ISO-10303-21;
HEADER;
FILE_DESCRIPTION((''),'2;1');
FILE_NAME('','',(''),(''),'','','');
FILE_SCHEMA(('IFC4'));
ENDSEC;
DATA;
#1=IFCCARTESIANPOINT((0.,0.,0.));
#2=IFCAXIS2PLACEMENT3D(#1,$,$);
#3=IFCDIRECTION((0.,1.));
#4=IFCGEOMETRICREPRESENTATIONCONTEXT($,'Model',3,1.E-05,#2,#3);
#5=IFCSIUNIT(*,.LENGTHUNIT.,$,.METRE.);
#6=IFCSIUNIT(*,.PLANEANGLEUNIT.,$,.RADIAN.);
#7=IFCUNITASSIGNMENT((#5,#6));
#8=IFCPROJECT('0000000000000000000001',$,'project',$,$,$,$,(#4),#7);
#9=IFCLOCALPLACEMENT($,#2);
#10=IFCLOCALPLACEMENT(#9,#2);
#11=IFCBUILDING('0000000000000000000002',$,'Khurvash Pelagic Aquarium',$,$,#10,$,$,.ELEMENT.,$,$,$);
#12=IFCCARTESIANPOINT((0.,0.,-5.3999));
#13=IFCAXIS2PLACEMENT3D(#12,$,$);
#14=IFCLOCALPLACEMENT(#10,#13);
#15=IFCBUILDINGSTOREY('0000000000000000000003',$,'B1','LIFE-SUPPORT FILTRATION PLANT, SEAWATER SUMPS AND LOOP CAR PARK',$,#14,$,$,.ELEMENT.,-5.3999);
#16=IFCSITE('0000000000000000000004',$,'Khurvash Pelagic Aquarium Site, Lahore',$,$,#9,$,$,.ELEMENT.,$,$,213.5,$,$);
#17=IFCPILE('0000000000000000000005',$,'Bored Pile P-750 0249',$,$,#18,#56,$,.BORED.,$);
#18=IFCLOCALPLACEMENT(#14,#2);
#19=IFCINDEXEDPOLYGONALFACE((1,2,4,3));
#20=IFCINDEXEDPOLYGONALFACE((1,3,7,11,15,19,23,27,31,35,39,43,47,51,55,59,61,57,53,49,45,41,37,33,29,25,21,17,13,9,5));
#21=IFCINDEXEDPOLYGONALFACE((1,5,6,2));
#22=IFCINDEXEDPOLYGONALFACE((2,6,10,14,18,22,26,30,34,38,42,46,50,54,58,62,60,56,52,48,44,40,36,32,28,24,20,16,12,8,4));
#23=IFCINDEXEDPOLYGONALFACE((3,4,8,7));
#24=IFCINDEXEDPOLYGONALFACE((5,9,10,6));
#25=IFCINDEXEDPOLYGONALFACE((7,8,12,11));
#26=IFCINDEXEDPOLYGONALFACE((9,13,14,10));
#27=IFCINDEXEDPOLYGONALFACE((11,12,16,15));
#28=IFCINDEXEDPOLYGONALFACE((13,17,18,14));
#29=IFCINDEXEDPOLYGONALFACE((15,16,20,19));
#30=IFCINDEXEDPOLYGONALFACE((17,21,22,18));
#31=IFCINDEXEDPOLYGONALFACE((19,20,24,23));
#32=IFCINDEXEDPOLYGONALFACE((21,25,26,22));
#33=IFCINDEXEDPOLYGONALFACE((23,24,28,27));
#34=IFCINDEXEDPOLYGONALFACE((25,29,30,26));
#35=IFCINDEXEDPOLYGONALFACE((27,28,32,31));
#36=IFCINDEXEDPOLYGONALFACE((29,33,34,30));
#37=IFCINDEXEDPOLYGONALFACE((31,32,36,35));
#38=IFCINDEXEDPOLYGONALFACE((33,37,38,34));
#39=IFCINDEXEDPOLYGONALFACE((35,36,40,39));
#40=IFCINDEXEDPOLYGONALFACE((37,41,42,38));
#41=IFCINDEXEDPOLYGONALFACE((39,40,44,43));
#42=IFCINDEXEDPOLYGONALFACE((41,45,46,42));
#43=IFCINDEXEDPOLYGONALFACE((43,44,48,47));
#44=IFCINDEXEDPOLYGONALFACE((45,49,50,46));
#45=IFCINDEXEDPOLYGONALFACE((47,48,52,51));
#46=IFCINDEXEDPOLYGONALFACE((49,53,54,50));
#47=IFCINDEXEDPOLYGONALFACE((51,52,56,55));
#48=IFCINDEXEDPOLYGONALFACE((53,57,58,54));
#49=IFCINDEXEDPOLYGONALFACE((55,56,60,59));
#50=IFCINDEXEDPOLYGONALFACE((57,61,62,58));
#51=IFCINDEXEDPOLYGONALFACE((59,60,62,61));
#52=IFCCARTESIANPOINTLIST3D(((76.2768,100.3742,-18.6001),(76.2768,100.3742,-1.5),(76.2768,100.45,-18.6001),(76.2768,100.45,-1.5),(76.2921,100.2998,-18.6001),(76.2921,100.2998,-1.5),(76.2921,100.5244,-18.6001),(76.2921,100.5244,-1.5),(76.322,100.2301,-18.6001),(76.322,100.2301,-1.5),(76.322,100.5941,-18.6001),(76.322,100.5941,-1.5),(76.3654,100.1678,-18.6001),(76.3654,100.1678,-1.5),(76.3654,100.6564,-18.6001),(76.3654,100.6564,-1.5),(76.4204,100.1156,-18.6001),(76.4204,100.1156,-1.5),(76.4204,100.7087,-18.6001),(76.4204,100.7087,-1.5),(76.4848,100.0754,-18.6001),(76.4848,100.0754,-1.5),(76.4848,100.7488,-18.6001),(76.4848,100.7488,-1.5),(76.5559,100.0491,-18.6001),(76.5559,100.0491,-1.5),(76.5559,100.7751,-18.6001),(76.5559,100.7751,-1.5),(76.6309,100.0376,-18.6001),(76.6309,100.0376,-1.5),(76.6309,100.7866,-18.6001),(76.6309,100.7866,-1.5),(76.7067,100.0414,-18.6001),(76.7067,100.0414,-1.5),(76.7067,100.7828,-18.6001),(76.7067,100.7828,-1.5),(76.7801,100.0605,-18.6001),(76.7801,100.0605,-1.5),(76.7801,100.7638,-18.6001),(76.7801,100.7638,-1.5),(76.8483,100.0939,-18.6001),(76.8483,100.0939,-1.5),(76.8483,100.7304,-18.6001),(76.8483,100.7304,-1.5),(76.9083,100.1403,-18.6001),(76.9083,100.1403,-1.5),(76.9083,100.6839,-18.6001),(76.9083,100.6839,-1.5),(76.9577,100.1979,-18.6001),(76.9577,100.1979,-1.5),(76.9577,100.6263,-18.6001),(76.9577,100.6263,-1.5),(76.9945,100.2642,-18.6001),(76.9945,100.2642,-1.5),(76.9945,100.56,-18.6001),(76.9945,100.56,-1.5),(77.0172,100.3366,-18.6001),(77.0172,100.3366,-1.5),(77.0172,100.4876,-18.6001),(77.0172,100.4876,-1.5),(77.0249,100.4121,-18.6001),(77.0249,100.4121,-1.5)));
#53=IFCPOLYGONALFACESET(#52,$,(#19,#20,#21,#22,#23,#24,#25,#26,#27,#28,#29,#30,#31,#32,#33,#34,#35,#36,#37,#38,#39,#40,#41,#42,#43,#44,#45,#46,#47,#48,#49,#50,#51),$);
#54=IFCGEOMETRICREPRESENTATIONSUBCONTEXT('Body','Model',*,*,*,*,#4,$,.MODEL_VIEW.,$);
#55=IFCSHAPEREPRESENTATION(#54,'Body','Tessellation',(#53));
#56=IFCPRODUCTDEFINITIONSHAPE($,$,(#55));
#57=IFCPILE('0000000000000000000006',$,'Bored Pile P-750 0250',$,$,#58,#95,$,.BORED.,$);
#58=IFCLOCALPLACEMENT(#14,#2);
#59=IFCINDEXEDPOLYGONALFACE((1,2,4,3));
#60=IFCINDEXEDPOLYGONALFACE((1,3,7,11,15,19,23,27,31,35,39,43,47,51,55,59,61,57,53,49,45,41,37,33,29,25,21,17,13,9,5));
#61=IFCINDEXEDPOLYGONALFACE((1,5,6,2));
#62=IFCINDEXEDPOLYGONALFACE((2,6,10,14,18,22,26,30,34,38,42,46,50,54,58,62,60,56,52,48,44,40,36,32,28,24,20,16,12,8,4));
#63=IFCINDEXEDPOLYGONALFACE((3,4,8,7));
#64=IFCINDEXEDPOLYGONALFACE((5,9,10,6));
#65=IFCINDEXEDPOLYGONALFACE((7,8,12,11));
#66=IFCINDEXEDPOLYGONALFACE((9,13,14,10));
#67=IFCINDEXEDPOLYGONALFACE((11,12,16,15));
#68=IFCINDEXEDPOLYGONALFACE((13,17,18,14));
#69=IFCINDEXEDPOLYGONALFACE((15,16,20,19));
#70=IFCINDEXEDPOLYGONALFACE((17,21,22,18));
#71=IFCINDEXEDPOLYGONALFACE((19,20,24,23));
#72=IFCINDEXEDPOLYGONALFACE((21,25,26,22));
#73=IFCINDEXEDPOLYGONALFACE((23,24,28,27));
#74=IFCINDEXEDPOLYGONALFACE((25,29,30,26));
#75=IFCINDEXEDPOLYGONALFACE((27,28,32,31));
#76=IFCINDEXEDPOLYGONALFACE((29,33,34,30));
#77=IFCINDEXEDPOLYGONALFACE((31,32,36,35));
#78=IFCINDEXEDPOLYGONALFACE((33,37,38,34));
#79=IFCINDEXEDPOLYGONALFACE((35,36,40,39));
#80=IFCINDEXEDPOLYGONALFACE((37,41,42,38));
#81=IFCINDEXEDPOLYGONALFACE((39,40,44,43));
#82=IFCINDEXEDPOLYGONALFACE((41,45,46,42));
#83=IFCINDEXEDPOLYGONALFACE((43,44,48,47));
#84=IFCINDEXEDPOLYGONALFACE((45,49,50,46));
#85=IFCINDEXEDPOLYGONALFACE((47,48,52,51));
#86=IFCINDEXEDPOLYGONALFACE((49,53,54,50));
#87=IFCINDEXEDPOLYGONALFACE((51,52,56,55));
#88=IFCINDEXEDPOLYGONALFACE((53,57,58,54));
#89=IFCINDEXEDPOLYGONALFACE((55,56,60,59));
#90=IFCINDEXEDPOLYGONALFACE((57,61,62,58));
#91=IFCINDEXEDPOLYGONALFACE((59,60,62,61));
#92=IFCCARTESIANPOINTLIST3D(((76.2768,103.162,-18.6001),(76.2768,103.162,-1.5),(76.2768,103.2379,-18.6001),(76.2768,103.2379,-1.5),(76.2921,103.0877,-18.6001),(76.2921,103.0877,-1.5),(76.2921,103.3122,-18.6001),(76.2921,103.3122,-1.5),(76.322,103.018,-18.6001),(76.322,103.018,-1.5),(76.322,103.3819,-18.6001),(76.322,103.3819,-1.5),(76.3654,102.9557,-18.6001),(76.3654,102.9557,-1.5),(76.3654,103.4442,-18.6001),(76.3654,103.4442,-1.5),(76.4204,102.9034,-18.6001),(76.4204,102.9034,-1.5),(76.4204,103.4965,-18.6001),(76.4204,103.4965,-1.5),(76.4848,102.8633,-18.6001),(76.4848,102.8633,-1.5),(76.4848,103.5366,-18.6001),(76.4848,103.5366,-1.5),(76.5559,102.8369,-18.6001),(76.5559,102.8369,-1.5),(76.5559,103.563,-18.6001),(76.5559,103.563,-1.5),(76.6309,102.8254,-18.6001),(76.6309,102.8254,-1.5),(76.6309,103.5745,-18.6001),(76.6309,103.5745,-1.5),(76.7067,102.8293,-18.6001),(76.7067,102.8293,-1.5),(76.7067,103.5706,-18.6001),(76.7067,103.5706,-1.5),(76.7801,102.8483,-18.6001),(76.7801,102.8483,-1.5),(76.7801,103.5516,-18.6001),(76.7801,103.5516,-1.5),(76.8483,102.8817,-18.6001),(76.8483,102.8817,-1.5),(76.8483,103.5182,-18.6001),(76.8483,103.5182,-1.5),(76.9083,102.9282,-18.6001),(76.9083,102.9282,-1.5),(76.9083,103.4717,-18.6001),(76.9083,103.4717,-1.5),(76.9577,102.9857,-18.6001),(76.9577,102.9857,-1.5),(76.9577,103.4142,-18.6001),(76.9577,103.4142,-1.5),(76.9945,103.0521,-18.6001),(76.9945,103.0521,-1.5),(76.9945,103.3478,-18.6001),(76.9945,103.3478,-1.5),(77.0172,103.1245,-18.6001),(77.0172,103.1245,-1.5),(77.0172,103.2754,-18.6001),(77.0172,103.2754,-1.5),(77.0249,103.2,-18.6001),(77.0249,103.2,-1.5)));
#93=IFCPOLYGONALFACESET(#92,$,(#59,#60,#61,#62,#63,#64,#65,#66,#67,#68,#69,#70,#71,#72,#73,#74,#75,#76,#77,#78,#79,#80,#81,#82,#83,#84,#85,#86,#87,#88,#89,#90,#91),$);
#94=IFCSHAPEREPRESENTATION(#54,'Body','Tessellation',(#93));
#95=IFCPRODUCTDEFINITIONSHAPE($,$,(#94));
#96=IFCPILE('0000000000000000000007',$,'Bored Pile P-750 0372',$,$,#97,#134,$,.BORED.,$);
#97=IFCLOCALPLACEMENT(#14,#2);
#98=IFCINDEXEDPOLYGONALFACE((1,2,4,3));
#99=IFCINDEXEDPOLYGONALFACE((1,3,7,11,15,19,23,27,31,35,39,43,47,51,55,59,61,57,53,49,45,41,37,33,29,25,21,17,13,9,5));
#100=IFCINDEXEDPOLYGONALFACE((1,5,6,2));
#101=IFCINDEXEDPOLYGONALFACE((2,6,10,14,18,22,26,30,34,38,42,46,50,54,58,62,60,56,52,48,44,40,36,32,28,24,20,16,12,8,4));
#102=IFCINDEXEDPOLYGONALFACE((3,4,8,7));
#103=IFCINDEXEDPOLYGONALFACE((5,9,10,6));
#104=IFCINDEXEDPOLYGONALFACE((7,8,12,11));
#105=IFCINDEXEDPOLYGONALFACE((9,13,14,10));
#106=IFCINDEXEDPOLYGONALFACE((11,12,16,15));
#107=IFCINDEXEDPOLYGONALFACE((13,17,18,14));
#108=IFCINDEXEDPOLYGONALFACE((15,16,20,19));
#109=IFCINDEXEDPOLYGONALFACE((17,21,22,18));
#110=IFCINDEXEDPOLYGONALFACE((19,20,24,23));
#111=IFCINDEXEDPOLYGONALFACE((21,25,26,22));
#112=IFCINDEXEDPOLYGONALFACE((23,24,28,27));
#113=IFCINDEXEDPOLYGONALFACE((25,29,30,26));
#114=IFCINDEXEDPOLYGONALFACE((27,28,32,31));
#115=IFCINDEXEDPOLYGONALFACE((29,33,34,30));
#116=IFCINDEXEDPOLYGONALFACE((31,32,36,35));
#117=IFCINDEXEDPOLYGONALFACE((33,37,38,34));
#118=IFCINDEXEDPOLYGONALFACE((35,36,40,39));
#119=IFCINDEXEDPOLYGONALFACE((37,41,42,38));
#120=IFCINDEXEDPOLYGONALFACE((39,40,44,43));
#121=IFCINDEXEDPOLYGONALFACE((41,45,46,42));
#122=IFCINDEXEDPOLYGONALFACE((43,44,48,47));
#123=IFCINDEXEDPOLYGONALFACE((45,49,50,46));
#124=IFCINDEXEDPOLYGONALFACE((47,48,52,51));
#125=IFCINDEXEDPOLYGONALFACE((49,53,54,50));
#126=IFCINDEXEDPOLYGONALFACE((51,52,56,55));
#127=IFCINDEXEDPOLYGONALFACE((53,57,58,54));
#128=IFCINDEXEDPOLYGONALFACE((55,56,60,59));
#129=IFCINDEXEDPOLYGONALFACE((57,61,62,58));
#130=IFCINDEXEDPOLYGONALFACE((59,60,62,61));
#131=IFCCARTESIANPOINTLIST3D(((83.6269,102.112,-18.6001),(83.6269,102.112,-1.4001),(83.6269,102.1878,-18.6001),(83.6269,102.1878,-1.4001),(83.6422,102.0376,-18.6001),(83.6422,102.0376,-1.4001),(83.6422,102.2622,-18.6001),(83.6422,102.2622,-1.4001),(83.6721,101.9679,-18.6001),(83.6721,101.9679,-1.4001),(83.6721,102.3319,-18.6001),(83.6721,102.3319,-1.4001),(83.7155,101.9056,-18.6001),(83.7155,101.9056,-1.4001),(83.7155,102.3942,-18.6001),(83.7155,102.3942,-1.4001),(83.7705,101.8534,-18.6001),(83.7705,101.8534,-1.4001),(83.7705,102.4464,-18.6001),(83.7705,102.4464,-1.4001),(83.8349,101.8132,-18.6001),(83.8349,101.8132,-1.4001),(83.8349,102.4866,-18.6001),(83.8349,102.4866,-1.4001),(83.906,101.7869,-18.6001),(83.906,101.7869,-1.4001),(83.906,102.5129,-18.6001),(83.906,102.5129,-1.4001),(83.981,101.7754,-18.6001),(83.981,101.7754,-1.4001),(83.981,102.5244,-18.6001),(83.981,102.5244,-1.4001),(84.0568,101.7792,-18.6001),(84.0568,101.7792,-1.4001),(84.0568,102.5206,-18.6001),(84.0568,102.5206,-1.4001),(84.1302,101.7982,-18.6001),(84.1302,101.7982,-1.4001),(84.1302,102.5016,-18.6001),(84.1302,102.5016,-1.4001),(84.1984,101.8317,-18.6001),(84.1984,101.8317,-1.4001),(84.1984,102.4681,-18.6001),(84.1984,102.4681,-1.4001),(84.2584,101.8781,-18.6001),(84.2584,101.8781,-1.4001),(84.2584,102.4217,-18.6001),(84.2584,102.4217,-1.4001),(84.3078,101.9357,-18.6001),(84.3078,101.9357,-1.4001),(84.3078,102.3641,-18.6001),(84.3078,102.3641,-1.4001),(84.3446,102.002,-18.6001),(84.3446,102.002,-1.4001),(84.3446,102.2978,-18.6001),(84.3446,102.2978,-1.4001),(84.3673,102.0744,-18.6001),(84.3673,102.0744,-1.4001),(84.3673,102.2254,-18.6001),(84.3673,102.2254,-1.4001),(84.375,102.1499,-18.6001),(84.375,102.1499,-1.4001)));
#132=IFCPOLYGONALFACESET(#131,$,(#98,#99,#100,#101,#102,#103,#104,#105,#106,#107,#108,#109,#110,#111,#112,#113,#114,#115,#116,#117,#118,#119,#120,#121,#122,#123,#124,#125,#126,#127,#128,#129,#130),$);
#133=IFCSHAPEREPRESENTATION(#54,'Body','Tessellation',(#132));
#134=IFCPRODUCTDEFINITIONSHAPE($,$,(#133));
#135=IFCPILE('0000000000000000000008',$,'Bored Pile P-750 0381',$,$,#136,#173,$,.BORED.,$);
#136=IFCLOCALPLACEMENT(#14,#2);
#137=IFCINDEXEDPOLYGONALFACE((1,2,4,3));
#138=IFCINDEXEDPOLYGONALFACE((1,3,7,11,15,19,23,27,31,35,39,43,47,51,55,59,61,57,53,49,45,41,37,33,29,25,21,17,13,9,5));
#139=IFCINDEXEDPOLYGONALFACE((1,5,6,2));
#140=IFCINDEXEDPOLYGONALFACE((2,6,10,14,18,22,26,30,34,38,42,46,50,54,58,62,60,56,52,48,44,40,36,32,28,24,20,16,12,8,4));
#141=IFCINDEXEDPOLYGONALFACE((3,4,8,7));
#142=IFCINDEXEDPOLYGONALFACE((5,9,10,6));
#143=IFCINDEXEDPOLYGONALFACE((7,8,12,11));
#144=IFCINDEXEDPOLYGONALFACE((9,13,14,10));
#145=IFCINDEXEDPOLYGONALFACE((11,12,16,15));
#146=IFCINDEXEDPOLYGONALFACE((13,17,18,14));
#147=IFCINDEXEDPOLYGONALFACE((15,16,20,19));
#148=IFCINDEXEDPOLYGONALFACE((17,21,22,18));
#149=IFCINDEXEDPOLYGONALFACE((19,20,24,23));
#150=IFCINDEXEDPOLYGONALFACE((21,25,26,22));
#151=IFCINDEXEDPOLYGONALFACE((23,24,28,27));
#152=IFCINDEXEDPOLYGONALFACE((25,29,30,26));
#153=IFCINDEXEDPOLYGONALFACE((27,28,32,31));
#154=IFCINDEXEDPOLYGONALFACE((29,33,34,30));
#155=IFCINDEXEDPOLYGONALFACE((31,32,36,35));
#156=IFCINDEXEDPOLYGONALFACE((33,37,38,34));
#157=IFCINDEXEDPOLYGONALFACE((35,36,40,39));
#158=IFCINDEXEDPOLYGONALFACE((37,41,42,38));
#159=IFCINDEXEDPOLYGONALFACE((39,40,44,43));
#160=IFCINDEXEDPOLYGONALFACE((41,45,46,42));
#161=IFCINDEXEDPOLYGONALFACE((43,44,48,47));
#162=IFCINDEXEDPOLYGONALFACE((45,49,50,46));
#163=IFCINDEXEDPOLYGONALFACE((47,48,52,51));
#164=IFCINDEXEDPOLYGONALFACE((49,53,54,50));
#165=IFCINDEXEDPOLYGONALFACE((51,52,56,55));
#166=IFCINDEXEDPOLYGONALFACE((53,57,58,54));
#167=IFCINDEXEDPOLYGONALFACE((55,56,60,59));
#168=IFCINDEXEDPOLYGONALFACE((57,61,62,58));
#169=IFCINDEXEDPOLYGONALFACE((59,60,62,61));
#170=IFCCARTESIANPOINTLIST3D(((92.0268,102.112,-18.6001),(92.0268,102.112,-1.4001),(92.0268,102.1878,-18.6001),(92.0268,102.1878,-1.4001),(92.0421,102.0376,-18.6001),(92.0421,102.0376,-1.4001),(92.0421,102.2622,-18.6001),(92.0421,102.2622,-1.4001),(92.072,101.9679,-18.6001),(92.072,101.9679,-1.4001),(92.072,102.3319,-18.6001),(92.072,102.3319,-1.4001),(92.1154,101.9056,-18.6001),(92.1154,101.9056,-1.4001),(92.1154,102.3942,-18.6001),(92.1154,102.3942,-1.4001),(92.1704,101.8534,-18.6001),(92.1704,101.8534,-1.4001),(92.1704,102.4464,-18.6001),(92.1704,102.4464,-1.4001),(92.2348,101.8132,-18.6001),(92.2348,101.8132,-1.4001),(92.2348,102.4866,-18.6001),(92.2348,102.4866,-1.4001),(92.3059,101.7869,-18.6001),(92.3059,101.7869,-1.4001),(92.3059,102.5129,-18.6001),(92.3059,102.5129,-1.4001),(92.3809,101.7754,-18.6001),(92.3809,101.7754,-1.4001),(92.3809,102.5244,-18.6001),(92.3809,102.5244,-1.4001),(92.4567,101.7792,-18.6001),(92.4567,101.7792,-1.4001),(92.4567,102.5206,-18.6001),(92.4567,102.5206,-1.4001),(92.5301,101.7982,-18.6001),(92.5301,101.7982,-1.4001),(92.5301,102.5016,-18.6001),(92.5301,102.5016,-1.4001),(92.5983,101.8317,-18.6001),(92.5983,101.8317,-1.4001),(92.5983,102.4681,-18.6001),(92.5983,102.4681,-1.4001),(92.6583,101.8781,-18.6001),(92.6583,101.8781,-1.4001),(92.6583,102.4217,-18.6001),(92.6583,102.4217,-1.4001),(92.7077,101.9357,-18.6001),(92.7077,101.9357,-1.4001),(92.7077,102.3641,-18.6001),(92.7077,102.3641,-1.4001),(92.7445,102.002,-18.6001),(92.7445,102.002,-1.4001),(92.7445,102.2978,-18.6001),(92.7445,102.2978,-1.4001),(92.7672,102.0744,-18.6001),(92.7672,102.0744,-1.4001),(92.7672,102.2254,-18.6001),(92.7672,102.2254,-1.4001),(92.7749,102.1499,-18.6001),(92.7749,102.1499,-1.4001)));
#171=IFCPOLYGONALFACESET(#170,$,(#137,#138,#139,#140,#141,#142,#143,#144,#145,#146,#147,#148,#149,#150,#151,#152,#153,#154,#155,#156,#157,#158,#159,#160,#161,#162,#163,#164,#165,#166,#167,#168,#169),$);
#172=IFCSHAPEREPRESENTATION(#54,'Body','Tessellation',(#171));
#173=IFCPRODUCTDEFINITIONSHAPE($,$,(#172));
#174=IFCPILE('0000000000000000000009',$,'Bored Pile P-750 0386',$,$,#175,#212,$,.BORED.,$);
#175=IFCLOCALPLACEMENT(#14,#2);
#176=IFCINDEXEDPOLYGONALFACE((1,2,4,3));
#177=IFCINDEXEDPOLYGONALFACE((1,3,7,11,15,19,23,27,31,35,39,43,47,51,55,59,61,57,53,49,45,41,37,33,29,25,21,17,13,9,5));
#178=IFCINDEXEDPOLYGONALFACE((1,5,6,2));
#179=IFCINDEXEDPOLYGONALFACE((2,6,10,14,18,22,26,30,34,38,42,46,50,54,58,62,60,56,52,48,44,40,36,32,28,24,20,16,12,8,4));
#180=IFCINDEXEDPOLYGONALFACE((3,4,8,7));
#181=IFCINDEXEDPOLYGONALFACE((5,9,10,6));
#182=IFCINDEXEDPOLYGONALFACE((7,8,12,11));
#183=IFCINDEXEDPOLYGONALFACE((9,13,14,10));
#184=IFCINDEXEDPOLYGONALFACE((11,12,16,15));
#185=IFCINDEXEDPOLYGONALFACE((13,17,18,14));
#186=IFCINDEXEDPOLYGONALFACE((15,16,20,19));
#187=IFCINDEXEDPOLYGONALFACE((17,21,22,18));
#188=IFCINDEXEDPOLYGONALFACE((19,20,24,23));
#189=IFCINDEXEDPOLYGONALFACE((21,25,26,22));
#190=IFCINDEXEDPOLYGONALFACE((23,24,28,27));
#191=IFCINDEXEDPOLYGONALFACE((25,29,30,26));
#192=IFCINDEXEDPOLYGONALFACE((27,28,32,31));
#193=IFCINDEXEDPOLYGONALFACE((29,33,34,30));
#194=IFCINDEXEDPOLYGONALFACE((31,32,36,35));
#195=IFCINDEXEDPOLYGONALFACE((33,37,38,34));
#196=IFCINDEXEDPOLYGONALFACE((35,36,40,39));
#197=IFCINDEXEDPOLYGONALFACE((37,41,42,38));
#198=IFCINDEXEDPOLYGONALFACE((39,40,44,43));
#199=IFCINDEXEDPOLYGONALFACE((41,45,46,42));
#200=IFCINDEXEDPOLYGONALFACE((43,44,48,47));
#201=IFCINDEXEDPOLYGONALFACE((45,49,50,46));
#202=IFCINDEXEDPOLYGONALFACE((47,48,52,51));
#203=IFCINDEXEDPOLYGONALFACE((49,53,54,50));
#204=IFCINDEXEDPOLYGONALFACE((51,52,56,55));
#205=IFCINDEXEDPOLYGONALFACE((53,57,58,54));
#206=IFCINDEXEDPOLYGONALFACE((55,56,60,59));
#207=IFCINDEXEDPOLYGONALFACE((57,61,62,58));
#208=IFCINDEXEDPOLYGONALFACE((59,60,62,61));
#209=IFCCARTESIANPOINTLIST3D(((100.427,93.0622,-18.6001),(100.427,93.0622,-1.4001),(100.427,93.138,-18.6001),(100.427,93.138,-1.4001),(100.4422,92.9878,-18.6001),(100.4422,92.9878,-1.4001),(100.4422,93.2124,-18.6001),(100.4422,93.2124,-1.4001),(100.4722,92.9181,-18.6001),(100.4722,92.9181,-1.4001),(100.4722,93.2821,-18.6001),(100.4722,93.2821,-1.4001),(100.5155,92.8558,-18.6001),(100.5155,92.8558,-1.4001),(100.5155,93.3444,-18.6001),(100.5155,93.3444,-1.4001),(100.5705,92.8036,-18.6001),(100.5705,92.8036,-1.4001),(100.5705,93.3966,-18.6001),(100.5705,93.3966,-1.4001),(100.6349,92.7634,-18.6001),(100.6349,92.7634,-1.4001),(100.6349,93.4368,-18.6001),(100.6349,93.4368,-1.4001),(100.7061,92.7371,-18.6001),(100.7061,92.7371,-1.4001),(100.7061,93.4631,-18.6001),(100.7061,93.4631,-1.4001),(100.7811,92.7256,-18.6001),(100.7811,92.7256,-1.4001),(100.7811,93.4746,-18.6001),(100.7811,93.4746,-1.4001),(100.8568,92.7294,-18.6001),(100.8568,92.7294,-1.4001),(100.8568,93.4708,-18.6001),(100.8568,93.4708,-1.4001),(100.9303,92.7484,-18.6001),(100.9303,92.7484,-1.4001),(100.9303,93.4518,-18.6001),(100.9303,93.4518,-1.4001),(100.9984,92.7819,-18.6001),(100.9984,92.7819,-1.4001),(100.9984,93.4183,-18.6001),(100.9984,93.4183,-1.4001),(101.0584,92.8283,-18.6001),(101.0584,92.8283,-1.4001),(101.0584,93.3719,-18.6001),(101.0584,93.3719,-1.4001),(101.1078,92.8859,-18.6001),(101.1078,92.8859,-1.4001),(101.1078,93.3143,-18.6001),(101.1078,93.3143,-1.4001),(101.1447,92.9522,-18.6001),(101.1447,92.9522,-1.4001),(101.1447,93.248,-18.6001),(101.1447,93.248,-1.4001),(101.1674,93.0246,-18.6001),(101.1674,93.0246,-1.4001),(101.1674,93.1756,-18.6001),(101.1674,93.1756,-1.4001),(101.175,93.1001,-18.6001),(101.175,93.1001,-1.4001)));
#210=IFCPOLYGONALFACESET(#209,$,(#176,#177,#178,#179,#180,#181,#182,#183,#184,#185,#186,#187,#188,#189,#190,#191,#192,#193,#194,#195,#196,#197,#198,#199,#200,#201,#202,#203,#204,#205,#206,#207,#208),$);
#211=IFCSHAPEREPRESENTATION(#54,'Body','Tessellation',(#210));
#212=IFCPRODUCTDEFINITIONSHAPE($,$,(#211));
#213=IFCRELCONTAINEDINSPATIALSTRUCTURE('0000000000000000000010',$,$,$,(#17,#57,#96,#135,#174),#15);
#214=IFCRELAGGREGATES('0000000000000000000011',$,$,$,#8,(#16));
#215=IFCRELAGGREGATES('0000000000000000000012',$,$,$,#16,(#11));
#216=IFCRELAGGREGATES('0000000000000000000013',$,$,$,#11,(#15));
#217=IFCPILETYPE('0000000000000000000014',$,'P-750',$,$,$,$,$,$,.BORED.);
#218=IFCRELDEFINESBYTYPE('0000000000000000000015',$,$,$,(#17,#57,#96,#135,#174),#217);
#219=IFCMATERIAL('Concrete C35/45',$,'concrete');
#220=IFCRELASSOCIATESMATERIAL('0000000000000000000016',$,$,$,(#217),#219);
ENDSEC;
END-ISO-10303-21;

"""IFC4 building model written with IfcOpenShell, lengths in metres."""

from ifc_helpers import new_model, si_unit, direction, frame, origin, origin_2d, place, context, subcontext, project, spatial, circle, extrude, material, material_profile, profile_set, type_object, element, save


model = new_model("IFC4")

# Units and contexts
model_context = context("Model", 3, precision=1e-05, world=origin(), true_north=direction((0.0, 1.0)))
body_context = subcontext(model_context, "Body", "Model", "MODEL_VIEW")
ifc_project = project(units=[si_unit("LENGTHUNIT", "METRE"), si_unit("PLANEANGLEUNIT", "RADIAN")], contexts=[model_context])

# Site, building, storey
site_placement = place(None, origin())
site = spatial("IfcSite", under=ifc_project, at=site_placement, Name="Khurvash Pelagic Aquarium Site, Lahore", CompositionType="ELEMENT", RefElevation=213.5)
building_placement = place(site_placement, origin())
building = spatial("IfcBuilding", under=site, at=building_placement, Name="Khurvash Pelagic Aquarium", CompositionType="ELEMENT")
storey_placement = place(building_placement, frame((0.0, 0.0, -5.3999)))
storey = spatial("IfcBuildingStorey", under=building, at=storey_placement, Name="B1", Description="LIFE-SUPPORT FILTRATION PLANT, SEAWATER SUMPS AND LOOP CAR PARK", CompositionType="ELEMENT", Elevation=-5.3999)

# Shared definitions
ifc_material_1 = material(Name="Concrete C35/45", Category="concrete")

# Piles
ifc_material_profile_1 = material_profile(ifc_material_1, circle(Radius=0.375, at=origin_2d()), Name="PILE750")
ifc_profile_set_1 = profile_set([ifc_material_profile_1], Name="Concrete C35/45")
pile_type = type_object("IfcPileType", Name="P-750", PredefinedType="BORED", material=ifc_profile_set_1)
for number, where, z_axis, x_axis, name in (
    (1, (76.6499, 100.4121, -1.5), (0.0, 0.0, -1.0), (1.0, 0.0, 0.0), "Bored Pile P-750 0249"),
    (2, (76.6499, 103.2, -1.5), (0.0, 0.0, -1.0), (1.0, 0.0, 0.0), "Bored Pile P-750 0250"),
):
    element("IfcPile", number, at=place(storey_placement, frame(where, z_axis=z_axis, x_axis=x_axis)), inside=storey, type_object=pile_type, Name=name, PredefinedType="BORED", context=body_context, shape_type="SweptSolid", body=[
        extrude(circle(Radius=0.375, at=origin_2d()), origin(), (0.0, 0.0, 1.0), 17.1001),
    ])
for number, where, z_axis, x_axis, name in (
    (3, (84.0, 102.1499, -1.4001), (0.0, 0.0, -1.0), (1.0, 0.0, 0.0), "Bored Pile P-750 0372"),
    (4, (92.3999, 102.1499, -1.4001), (0.0, 0.0, -1.0), (1.0, 0.0, 0.0), "Bored Pile P-750 0381"),
    (5, (100.8, 93.1001, -1.4001), (0.0, 0.0, -1.0), (1.0, 0.0, 0.0), "Bored Pile P-750 0386"),
):
    element("IfcPile", number, at=place(storey_placement, frame(where, z_axis=z_axis, x_axis=x_axis)), inside=storey, type_object=pile_type, Name=name, PredefinedType="BORED", context=body_context, shape_type="SweptSolid", body=[
        extrude(circle(Radius=0.375, at=origin_2d()), origin(), (0.0, 0.0, 1.0), 17.2),
    ])

save(model, "model.ifc")
